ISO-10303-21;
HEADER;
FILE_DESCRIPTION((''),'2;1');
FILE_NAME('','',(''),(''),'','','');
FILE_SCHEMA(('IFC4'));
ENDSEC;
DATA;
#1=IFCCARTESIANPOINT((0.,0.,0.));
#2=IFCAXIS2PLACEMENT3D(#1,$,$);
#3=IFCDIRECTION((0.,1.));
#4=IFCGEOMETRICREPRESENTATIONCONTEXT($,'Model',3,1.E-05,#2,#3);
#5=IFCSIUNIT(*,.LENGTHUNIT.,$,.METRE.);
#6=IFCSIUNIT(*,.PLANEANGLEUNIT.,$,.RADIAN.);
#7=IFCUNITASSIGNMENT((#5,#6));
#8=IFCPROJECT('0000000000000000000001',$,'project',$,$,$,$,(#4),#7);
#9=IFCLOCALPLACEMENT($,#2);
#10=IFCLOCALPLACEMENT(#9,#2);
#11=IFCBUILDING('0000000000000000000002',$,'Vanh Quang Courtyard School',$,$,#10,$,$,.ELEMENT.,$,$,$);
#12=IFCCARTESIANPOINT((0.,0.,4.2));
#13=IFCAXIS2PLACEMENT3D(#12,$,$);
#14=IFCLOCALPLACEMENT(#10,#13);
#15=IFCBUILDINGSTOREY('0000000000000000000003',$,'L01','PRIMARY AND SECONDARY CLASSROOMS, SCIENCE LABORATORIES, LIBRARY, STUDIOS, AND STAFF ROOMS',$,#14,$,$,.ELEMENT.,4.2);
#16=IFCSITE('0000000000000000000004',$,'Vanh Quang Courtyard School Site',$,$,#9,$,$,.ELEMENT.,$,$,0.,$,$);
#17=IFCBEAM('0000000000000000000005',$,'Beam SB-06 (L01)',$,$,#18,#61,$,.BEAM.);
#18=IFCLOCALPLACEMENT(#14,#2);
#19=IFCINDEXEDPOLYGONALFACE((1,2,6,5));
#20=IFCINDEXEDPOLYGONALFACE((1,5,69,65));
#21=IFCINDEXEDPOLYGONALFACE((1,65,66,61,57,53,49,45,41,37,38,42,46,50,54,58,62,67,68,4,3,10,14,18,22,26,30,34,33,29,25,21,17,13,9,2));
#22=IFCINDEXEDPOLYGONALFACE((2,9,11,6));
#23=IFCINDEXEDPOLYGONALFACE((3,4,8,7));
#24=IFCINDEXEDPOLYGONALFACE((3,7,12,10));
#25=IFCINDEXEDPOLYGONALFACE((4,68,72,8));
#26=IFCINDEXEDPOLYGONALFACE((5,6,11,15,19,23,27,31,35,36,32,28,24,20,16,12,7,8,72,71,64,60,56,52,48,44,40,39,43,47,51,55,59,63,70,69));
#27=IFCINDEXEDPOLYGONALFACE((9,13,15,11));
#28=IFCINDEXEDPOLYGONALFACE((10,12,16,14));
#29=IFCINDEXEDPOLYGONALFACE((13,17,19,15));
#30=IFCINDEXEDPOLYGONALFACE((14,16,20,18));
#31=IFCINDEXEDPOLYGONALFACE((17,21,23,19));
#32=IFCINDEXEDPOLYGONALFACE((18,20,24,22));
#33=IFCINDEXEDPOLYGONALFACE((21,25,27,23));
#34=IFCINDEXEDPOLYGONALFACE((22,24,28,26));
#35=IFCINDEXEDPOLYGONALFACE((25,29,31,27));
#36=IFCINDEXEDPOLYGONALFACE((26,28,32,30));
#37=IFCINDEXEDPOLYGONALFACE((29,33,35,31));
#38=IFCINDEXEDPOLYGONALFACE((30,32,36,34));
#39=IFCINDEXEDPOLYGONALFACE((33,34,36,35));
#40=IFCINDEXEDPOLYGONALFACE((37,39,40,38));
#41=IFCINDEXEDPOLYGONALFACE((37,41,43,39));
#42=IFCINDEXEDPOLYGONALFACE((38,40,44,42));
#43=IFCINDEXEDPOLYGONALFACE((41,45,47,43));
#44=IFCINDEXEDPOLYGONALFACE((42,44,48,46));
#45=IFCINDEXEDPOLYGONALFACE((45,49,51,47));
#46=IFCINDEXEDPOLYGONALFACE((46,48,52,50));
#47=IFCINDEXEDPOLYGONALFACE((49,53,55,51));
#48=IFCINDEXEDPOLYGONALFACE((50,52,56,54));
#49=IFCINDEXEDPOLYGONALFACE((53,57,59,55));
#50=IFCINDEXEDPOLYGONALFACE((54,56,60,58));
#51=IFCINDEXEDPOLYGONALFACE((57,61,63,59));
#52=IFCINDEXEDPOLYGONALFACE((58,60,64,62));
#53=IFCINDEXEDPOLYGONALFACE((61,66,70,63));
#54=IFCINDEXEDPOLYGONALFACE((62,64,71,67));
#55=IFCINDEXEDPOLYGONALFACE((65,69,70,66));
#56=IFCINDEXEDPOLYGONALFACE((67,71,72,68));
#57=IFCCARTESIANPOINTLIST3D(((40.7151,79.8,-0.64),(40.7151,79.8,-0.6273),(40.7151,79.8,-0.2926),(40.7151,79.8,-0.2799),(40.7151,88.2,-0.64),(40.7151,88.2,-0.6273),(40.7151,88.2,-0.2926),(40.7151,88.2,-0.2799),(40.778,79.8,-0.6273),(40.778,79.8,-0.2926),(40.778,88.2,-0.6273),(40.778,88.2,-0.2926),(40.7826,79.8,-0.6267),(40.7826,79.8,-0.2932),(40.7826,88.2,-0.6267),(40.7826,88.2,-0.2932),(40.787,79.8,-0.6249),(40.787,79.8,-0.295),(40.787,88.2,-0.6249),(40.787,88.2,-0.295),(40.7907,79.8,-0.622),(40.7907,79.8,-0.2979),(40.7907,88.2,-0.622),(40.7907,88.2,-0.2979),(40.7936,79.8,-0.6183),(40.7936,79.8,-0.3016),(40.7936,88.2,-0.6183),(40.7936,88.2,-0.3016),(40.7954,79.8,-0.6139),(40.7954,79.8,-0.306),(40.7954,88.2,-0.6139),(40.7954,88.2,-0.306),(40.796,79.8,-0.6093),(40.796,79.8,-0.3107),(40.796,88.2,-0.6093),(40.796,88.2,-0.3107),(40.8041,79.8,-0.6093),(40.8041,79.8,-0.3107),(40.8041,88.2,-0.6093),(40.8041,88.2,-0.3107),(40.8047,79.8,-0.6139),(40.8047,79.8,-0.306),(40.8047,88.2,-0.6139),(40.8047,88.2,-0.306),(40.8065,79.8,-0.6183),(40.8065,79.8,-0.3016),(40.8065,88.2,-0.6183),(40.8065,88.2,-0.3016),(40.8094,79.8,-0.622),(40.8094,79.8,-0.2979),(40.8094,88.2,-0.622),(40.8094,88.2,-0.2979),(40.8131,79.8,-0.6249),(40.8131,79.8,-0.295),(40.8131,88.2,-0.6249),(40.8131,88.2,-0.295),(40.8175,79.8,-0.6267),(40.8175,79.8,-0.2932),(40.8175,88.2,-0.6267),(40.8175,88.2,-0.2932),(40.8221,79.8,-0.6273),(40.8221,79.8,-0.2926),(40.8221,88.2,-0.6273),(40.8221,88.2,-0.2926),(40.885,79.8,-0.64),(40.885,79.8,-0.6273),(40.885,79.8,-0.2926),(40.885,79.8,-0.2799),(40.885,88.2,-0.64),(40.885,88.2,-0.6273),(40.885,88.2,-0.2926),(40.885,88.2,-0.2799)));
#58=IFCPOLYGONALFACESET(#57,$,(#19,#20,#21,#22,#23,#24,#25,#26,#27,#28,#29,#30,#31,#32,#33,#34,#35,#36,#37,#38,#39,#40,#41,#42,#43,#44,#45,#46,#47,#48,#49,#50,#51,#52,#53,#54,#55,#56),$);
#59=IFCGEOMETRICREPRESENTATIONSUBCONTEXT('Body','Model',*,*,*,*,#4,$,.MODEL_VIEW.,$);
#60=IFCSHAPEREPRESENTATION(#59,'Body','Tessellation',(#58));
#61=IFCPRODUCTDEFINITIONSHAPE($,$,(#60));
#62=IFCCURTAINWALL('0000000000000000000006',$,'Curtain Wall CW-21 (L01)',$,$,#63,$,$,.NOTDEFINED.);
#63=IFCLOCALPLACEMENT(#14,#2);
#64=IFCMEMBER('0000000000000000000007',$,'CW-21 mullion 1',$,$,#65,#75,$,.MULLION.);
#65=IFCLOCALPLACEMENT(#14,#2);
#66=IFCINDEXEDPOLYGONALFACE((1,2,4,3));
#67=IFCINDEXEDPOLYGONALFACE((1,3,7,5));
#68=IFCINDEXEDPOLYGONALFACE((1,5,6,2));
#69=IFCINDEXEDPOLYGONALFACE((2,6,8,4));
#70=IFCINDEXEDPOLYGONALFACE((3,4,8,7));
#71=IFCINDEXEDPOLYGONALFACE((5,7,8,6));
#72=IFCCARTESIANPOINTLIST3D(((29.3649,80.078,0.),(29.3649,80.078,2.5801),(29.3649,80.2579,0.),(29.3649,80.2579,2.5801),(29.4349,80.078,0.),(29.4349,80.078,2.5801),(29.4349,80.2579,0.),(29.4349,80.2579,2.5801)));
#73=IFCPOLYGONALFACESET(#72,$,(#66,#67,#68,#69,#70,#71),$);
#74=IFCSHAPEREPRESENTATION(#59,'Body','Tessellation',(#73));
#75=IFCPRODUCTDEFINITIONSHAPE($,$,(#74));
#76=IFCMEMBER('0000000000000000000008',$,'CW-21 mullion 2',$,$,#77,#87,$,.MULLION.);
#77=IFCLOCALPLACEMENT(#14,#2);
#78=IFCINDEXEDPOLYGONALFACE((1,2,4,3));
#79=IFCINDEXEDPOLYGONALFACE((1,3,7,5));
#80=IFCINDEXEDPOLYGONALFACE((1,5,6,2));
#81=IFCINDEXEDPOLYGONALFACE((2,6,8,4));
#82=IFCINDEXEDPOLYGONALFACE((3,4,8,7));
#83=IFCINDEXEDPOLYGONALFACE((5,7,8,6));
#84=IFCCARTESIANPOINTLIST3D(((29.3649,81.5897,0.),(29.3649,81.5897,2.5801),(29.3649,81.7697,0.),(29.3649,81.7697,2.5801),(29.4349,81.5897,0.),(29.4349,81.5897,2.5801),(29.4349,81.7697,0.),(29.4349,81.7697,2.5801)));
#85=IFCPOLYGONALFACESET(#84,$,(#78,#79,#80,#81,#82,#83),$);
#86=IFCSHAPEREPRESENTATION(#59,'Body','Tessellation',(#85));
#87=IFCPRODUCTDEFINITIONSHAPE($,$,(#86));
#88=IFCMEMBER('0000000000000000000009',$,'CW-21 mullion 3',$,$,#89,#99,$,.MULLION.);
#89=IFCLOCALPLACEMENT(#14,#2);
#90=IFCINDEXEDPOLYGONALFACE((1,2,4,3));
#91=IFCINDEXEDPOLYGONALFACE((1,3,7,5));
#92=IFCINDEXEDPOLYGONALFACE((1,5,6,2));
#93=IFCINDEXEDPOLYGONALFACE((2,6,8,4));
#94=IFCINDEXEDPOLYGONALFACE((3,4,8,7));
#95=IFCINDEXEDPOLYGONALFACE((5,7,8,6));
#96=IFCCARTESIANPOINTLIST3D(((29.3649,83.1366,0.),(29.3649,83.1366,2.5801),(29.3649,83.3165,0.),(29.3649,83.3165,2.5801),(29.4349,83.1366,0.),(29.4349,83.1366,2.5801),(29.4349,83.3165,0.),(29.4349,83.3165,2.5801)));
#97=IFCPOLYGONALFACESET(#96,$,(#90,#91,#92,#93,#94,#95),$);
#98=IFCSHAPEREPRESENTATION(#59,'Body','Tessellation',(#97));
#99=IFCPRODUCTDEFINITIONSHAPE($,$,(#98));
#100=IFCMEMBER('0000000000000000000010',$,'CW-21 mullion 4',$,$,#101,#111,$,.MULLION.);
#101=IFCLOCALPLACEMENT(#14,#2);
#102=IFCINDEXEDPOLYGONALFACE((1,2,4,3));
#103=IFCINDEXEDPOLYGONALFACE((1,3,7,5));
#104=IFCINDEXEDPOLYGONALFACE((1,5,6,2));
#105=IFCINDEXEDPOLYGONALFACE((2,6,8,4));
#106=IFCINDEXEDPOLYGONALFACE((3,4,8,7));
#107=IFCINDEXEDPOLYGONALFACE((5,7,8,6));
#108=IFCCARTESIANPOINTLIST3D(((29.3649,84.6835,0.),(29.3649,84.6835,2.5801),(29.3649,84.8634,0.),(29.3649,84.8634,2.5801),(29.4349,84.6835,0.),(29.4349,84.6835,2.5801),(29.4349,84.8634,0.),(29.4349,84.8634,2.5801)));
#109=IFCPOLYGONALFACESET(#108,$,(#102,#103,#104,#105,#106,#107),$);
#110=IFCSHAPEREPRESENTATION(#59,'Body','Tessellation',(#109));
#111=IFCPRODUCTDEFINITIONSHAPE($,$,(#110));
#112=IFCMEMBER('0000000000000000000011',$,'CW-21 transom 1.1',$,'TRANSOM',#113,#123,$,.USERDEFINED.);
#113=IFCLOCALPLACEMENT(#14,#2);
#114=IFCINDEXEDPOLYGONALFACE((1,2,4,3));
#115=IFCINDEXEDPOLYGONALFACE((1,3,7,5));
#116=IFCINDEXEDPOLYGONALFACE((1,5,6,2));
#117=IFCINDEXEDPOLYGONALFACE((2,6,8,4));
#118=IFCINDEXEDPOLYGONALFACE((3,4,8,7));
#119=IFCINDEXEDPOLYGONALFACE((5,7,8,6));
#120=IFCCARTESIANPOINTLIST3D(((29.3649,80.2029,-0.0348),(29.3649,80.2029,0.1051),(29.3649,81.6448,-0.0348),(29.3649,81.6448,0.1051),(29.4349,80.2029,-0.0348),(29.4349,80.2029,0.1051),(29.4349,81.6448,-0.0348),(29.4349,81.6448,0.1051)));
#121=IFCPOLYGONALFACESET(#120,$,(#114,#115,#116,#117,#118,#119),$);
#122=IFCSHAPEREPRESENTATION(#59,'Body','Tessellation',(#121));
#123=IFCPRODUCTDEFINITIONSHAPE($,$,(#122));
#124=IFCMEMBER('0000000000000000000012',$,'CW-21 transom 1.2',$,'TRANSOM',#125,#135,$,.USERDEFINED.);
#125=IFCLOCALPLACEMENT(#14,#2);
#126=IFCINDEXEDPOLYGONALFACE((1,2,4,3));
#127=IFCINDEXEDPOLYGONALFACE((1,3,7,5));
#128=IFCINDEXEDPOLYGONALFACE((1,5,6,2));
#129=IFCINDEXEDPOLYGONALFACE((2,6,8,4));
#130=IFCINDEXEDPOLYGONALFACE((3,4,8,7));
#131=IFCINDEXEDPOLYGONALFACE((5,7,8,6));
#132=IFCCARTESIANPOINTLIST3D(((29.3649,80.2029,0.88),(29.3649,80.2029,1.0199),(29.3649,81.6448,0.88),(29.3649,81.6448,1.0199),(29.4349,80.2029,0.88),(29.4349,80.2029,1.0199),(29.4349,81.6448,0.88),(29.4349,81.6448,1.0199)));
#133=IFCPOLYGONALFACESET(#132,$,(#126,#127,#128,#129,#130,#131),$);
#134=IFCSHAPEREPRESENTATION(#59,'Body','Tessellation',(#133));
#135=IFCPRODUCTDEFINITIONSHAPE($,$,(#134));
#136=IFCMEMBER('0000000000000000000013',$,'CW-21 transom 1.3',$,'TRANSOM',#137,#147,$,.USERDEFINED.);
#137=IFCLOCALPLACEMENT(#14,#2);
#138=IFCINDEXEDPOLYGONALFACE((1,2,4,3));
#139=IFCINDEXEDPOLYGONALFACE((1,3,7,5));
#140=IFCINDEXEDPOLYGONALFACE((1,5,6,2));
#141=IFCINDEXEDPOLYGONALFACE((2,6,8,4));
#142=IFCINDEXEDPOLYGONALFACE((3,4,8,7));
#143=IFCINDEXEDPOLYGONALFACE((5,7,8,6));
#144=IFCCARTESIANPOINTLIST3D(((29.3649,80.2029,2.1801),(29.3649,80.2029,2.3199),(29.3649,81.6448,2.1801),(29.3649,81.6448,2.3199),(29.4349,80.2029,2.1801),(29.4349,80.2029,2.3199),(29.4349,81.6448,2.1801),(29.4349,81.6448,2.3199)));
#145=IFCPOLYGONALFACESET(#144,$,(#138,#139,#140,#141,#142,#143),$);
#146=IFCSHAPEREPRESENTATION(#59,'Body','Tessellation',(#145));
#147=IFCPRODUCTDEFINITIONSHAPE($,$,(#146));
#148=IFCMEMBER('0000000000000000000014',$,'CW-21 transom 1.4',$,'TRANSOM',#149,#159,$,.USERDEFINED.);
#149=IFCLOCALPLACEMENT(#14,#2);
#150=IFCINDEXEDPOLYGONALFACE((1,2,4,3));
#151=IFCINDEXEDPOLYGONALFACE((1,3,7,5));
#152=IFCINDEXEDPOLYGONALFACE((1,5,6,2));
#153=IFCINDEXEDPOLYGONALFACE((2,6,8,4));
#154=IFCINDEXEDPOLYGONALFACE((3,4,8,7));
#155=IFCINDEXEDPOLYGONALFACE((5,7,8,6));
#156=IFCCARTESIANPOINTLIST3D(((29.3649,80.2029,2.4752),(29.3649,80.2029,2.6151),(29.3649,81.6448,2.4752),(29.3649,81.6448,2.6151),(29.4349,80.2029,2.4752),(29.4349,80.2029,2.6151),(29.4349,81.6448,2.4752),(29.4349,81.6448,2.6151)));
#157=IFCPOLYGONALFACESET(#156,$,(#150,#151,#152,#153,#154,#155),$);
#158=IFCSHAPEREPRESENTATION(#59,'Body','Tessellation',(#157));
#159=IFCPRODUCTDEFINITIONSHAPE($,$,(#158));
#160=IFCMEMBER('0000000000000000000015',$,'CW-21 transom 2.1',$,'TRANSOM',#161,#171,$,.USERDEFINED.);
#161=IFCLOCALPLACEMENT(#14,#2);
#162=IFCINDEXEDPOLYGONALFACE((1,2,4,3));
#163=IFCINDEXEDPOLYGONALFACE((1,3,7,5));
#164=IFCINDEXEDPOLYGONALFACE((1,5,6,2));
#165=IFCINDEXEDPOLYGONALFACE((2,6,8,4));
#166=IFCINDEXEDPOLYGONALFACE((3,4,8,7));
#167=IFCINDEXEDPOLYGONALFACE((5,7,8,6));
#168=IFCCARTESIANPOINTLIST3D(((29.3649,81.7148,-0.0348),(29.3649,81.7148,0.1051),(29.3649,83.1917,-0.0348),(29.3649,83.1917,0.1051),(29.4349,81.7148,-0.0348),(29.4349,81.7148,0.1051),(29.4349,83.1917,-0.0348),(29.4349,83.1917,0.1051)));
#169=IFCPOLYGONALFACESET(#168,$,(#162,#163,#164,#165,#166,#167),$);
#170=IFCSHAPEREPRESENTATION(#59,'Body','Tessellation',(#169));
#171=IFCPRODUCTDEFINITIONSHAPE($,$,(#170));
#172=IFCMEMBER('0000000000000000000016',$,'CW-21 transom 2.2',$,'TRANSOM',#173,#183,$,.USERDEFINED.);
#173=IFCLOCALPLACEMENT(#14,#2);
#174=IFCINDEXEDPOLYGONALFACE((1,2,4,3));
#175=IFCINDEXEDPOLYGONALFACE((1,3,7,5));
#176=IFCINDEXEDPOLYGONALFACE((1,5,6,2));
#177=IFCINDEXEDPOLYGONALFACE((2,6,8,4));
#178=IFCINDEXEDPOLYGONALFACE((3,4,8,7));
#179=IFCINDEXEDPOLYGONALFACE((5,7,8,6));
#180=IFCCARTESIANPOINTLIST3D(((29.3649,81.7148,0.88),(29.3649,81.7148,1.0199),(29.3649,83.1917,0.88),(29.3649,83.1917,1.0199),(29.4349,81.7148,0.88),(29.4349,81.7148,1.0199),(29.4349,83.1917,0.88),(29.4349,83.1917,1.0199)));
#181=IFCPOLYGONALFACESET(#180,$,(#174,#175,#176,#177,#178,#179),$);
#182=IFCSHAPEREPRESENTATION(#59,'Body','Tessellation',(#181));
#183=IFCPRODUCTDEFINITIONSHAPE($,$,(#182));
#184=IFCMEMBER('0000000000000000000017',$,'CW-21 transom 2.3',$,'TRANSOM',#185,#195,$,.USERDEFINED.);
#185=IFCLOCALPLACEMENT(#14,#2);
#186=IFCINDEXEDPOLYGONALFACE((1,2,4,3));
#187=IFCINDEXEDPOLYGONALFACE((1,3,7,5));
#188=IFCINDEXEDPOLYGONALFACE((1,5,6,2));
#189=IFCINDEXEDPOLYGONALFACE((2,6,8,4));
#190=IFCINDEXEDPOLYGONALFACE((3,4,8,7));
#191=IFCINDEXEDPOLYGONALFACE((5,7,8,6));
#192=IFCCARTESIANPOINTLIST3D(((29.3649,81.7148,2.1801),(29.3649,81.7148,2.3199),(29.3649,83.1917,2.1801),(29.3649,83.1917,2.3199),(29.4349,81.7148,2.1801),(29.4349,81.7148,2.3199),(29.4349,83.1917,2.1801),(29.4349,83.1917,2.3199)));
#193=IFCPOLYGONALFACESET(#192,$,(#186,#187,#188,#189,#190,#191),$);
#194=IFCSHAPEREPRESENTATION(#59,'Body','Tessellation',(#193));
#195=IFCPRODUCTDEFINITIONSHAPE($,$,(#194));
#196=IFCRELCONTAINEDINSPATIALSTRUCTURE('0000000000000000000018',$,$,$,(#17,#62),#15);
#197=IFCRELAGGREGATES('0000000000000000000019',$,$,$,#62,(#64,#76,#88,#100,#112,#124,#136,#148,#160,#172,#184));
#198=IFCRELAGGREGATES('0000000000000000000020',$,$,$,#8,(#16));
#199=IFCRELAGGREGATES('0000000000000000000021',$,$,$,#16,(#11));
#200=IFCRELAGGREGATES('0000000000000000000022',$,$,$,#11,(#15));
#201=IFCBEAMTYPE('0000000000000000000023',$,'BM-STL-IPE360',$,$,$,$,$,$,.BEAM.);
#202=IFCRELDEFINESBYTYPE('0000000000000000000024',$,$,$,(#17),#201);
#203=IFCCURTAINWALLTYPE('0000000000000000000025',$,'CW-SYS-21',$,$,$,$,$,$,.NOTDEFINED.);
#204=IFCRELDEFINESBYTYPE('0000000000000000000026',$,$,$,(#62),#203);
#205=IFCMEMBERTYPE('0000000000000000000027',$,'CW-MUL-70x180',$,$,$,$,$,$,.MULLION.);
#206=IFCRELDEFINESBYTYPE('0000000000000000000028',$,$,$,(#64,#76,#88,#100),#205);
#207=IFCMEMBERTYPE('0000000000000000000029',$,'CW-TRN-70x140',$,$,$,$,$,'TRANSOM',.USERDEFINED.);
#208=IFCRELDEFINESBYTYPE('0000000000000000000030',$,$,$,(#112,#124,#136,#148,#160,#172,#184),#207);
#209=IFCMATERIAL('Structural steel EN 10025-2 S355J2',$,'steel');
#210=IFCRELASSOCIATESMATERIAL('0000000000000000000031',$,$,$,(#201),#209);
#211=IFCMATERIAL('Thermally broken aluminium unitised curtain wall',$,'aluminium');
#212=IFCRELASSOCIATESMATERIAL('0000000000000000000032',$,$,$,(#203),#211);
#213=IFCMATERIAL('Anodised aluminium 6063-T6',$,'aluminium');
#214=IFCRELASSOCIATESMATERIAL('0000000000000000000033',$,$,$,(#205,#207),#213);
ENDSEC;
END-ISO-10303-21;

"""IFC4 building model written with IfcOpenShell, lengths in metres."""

from ifc_helpers import new_model, si_unit, direction, frame, origin, origin_2d, place, context, subcontext, project, spatial, rectangle, i_section, extrude, material, material_profile, profile_set, type_object, element, aggregate, save


model = new_model("IFC4")

# Units and contexts
model_context = context("Model", 3, precision=1e-05, world=origin(), true_north=direction((0.0, 1.0)))
body_context = subcontext(model_context, "Body", "Model", "MODEL_VIEW")
ifc_project = project(units=[si_unit("LENGTHUNIT", "METRE"), si_unit("PLANEANGLEUNIT", "RADIAN")], contexts=[model_context])

# Site, building, storey
site_placement = place(None, origin())
site = spatial("IfcSite", under=ifc_project, at=site_placement, Name="Vanh Quang Courtyard School Site", CompositionType="ELEMENT", RefElevation=0.0)
building_placement = place(site_placement, origin())
building = spatial("IfcBuilding", under=site, at=building_placement, Name="Vanh Quang Courtyard School", CompositionType="ELEMENT")
storey_placement = place(building_placement, frame((0.0, 0.0, 4.2)))
storey = spatial("IfcBuildingStorey", under=building, at=storey_placement, Name="L01", Description="PRIMARY AND SECONDARY CLASSROOMS, SCIENCE LABORATORIES, LIBRARY, STUDIOS, AND STAFF ROOMS", CompositionType="ELEMENT", Elevation=4.2)

# Beam
ifc_material_1 = material(Name="Structural steel EN 10025-2 S355J2", Category="steel")
ifc_material_profile_1 = material_profile(ifc_material_1, i_section(OverallWidth=0.1699, OverallDepth=0.3601, WebThickness=0.0081, FlangeThickness=0.0127, FilletRadius=0.0181, at=origin_2d()), Name="IPE 360")
ifc_profile_set_1 = profile_set([ifc_material_profile_1], Name="Structural steel EN 10025-2 S355J2")
beam_type_1 = type_object("IfcBeamType", Name="BM-STL-IPE360", PredefinedType="BEAM", material=ifc_profile_set_1)
beam_1_placement = place(storey_placement, frame((40.8, 79.8, -0.46), z_axis=(0.0, 1.0, 0.0), x_axis=(-1.0, 0.0, 0.0)))
element("IfcBeam", 1, at=beam_1_placement, inside=storey, type_object=beam_type_1, Name="Beam SB-06 (L01)", PredefinedType="BEAM", context=body_context, shape_type="SweptSolid", body=[
    extrude(i_section(OverallWidth=0.1699, OverallDepth=0.3601, WebThickness=0.0081, FlangeThickness=0.0127, FilletRadius=0.0181, at=origin_2d()), origin(), (0.0, 0.0, 1.0), 8.3999),
])

# Curtain wall, members
ifc_material_2 = material(Name="Thermally broken aluminium unitised curtain wall", Category="aluminium")
curtain_wall_type = type_object("IfcCurtainWallType", Name="CW-SYS-21", PredefinedType="NOTDEFINED", material=ifc_material_2)
curtain_wall_placement = place(storey_placement, origin())
curtain_wall = element("IfcCurtainWall", 2, at=curtain_wall_placement, inside=storey, type_object=curtain_wall_type, Name="Curtain Wall CW-21 (L01)", PredefinedType="NOTDEFINED")
ifc_material_3 = material(Name="Anodised aluminium 6063-T6", Category="aluminium")
ifc_material_profile_2 = material_profile(ifc_material_3, rectangle(XDim=0.0701, YDim=0.1799, at=origin_2d()), Name="ALU-MUL 70x180")
ifc_profile_set_2 = profile_set([ifc_material_profile_2], Name="Anodised aluminium 6063-T6")
member_type_1 = type_object("IfcMemberType", Name="CW-MUL-70x180", PredefinedType="MULLION", material=ifc_profile_set_2)
member_1_placement = place(storey_placement, frame((29.3999, 80.168, 0.0), z_axis=(0.0, 0.0, 1.0), x_axis=(-1.0, 0.0, 0.0)))
member_1 = element("IfcMember", 3, at=member_1_placement, type_object=member_type_1, Name="CW-21 mullion 1", PredefinedType="MULLION", context=body_context, shape_type="SweptSolid", body=[
    extrude(rectangle(XDim=0.0701, YDim=0.1799, at=origin_2d()), origin(), (0.0, 0.0, 1.0), 2.5801),
])
member_2_placement = place(storey_placement, frame((29.3999, 81.6797, 0.0), z_axis=(0.0, 0.0, 1.0), x_axis=(-1.0, 0.0, 0.0)))
member_2 = element("IfcMember", 4, at=member_2_placement, type_object=member_type_1, Name="CW-21 mullion 2", PredefinedType="MULLION", context=body_context, shape_type="SweptSolid", body=[
    extrude(rectangle(XDim=0.0701, YDim=0.1799, at=origin_2d()), origin(), (0.0, 0.0, 1.0), 2.5801),
])
member_3_placement = place(storey_placement, frame((29.3999, 83.2266, 0.0), z_axis=(0.0, 0.0, 1.0), x_axis=(-1.0, 0.0, 0.0)))
member_3 = element("IfcMember", 5, at=member_3_placement, type_object=member_type_1, Name="CW-21 mullion 3", PredefinedType="MULLION", context=body_context, shape_type="SweptSolid", body=[
    extrude(rectangle(XDim=0.0701, YDim=0.1799, at=origin_2d()), origin(), (0.0, 0.0, 1.0), 2.5801),
])
member_4_placement = place(storey_placement, frame((29.3999, 84.7734, 0.0), z_axis=(0.0, 0.0, 1.0), x_axis=(-1.0, 0.0, 0.0)))
member_4 = element("IfcMember", 6, at=member_4_placement, type_object=member_type_1, Name="CW-21 mullion 4", PredefinedType="MULLION", context=body_context, shape_type="SweptSolid", body=[
    extrude(rectangle(XDim=0.0701, YDim=0.1799, at=origin_2d()), origin(), (0.0, 0.0, 1.0), 2.5801),
])
ifc_material_profile_3 = material_profile(ifc_material_3, rectangle(XDim=0.0701, YDim=0.1399, at=origin_2d()), Name="ALU-TRN 70x140")
ifc_profile_set_3 = profile_set([ifc_material_profile_3], Name="Anodised aluminium 6063-T6")
member_type_2 = type_object("IfcMemberType", Name="CW-TRN-70x140", ElementType="TRANSOM", PredefinedType="USERDEFINED", material=ifc_profile_set_3)
member_5_placement = place(storey_placement, frame((29.3999, 80.2029, 0.0352), z_axis=(0.0, 1.0, 0.0), x_axis=(-1.0, 0.0, 0.0)))
member_5 = element("IfcMember", 7, at=member_5_placement, type_object=member_type_2, Name="CW-21 transom 1.1", ObjectType="TRANSOM", PredefinedType="USERDEFINED", context=body_context, shape_type="SweptSolid", body=[
    extrude(rectangle(XDim=0.0701, YDim=0.1399, at=origin_2d()), origin(), (0.0, 0.0, 1.0), 1.4419),
])
member_6_placement = place(storey_placement, frame((29.3999, 80.2029, 0.95), z_axis=(0.0, 1.0, 0.0), x_axis=(-1.0, 0.0, 0.0)))
member_6 = element("IfcMember", 8, at=member_6_placement, type_object=member_type_2, Name="CW-21 transom 1.2", ObjectType="TRANSOM", PredefinedType="USERDEFINED", context=body_context, shape_type="SweptSolid", body=[
    extrude(rectangle(XDim=0.0701, YDim=0.1399, at=origin_2d()), origin(), (0.0, 0.0, 1.0), 1.4419),
])
member_7_placement = place(storey_placement, frame((29.3999, 80.2029, 2.25), z_axis=(0.0, 1.0, 0.0), x_axis=(-1.0, 0.0, 0.0)))
member_7 = element("IfcMember", 9, at=member_7_placement, type_object=member_type_2, Name="CW-21 transom 1.3", ObjectType="TRANSOM", PredefinedType="USERDEFINED", context=body_context, shape_type="SweptSolid", body=[
    extrude(rectangle(XDim=0.0701, YDim=0.1399, at=origin_2d()), origin(), (0.0, 0.0, 1.0), 1.4419),
])
member_8_placement = place(storey_placement, frame((29.3999, 80.2029, 2.5452), z_axis=(0.0, 1.0, 0.0), x_axis=(-1.0, 0.0, 0.0)))
member_8 = element("IfcMember", 10, at=member_8_placement, type_object=member_type_2, Name="CW-21 transom 1.4", ObjectType="TRANSOM", PredefinedType="USERDEFINED", context=body_context, shape_type="SweptSolid", body=[
    extrude(rectangle(XDim=0.0701, YDim=0.1399, at=origin_2d()), origin(), (0.0, 0.0, 1.0), 1.4419),
])
member_9_placement = place(storey_placement, frame((29.3999, 81.7148, 0.0352), z_axis=(0.0, 1.0, 0.0), x_axis=(-1.0, 0.0, 0.0)))
member_9 = element("IfcMember", 11, at=member_9_placement, type_object=member_type_2, Name="CW-21 transom 2.1", ObjectType="TRANSOM", PredefinedType="USERDEFINED", context=body_context, shape_type="SweptSolid", body=[
    extrude(rectangle(XDim=0.0701, YDim=0.1399, at=origin_2d()), origin(), (0.0, 0.0, 1.0), 1.4768),
])
member_10_placement = place(storey_placement, frame((29.3999, 81.7148, 0.95), z_axis=(0.0, 1.0, 0.0), x_axis=(-1.0, 0.0, 0.0)))
member_10 = element("IfcMember", 12, at=member_10_placement, type_object=member_type_2, Name="CW-21 transom 2.2", ObjectType="TRANSOM", PredefinedType="USERDEFINED", context=body_context, shape_type="SweptSolid", body=[
    extrude(rectangle(XDim=0.0701, YDim=0.1399, at=origin_2d()), origin(), (0.0, 0.0, 1.0), 1.4768),
])
member_11_placement = place(storey_placement, frame((29.3999, 81.7148, 2.25), z_axis=(0.0, 1.0, 0.0), x_axis=(-1.0, 0.0, 0.0)))
member_11 = element("IfcMember", 13, at=member_11_placement, type_object=member_type_2, Name="CW-21 transom 2.3", ObjectType="TRANSOM", PredefinedType="USERDEFINED", context=body_context, shape_type="SweptSolid", body=[
    extrude(rectangle(XDim=0.0701, YDim=0.1399, at=origin_2d()), origin(), (0.0, 0.0, 1.0), 1.4768),
])

aggregate(curtain_wall, [member_1, member_2, member_3, member_4, member_5, member_6, member_7, member_8, member_9, member_10, member_11])

save(model, "model.ifc")
